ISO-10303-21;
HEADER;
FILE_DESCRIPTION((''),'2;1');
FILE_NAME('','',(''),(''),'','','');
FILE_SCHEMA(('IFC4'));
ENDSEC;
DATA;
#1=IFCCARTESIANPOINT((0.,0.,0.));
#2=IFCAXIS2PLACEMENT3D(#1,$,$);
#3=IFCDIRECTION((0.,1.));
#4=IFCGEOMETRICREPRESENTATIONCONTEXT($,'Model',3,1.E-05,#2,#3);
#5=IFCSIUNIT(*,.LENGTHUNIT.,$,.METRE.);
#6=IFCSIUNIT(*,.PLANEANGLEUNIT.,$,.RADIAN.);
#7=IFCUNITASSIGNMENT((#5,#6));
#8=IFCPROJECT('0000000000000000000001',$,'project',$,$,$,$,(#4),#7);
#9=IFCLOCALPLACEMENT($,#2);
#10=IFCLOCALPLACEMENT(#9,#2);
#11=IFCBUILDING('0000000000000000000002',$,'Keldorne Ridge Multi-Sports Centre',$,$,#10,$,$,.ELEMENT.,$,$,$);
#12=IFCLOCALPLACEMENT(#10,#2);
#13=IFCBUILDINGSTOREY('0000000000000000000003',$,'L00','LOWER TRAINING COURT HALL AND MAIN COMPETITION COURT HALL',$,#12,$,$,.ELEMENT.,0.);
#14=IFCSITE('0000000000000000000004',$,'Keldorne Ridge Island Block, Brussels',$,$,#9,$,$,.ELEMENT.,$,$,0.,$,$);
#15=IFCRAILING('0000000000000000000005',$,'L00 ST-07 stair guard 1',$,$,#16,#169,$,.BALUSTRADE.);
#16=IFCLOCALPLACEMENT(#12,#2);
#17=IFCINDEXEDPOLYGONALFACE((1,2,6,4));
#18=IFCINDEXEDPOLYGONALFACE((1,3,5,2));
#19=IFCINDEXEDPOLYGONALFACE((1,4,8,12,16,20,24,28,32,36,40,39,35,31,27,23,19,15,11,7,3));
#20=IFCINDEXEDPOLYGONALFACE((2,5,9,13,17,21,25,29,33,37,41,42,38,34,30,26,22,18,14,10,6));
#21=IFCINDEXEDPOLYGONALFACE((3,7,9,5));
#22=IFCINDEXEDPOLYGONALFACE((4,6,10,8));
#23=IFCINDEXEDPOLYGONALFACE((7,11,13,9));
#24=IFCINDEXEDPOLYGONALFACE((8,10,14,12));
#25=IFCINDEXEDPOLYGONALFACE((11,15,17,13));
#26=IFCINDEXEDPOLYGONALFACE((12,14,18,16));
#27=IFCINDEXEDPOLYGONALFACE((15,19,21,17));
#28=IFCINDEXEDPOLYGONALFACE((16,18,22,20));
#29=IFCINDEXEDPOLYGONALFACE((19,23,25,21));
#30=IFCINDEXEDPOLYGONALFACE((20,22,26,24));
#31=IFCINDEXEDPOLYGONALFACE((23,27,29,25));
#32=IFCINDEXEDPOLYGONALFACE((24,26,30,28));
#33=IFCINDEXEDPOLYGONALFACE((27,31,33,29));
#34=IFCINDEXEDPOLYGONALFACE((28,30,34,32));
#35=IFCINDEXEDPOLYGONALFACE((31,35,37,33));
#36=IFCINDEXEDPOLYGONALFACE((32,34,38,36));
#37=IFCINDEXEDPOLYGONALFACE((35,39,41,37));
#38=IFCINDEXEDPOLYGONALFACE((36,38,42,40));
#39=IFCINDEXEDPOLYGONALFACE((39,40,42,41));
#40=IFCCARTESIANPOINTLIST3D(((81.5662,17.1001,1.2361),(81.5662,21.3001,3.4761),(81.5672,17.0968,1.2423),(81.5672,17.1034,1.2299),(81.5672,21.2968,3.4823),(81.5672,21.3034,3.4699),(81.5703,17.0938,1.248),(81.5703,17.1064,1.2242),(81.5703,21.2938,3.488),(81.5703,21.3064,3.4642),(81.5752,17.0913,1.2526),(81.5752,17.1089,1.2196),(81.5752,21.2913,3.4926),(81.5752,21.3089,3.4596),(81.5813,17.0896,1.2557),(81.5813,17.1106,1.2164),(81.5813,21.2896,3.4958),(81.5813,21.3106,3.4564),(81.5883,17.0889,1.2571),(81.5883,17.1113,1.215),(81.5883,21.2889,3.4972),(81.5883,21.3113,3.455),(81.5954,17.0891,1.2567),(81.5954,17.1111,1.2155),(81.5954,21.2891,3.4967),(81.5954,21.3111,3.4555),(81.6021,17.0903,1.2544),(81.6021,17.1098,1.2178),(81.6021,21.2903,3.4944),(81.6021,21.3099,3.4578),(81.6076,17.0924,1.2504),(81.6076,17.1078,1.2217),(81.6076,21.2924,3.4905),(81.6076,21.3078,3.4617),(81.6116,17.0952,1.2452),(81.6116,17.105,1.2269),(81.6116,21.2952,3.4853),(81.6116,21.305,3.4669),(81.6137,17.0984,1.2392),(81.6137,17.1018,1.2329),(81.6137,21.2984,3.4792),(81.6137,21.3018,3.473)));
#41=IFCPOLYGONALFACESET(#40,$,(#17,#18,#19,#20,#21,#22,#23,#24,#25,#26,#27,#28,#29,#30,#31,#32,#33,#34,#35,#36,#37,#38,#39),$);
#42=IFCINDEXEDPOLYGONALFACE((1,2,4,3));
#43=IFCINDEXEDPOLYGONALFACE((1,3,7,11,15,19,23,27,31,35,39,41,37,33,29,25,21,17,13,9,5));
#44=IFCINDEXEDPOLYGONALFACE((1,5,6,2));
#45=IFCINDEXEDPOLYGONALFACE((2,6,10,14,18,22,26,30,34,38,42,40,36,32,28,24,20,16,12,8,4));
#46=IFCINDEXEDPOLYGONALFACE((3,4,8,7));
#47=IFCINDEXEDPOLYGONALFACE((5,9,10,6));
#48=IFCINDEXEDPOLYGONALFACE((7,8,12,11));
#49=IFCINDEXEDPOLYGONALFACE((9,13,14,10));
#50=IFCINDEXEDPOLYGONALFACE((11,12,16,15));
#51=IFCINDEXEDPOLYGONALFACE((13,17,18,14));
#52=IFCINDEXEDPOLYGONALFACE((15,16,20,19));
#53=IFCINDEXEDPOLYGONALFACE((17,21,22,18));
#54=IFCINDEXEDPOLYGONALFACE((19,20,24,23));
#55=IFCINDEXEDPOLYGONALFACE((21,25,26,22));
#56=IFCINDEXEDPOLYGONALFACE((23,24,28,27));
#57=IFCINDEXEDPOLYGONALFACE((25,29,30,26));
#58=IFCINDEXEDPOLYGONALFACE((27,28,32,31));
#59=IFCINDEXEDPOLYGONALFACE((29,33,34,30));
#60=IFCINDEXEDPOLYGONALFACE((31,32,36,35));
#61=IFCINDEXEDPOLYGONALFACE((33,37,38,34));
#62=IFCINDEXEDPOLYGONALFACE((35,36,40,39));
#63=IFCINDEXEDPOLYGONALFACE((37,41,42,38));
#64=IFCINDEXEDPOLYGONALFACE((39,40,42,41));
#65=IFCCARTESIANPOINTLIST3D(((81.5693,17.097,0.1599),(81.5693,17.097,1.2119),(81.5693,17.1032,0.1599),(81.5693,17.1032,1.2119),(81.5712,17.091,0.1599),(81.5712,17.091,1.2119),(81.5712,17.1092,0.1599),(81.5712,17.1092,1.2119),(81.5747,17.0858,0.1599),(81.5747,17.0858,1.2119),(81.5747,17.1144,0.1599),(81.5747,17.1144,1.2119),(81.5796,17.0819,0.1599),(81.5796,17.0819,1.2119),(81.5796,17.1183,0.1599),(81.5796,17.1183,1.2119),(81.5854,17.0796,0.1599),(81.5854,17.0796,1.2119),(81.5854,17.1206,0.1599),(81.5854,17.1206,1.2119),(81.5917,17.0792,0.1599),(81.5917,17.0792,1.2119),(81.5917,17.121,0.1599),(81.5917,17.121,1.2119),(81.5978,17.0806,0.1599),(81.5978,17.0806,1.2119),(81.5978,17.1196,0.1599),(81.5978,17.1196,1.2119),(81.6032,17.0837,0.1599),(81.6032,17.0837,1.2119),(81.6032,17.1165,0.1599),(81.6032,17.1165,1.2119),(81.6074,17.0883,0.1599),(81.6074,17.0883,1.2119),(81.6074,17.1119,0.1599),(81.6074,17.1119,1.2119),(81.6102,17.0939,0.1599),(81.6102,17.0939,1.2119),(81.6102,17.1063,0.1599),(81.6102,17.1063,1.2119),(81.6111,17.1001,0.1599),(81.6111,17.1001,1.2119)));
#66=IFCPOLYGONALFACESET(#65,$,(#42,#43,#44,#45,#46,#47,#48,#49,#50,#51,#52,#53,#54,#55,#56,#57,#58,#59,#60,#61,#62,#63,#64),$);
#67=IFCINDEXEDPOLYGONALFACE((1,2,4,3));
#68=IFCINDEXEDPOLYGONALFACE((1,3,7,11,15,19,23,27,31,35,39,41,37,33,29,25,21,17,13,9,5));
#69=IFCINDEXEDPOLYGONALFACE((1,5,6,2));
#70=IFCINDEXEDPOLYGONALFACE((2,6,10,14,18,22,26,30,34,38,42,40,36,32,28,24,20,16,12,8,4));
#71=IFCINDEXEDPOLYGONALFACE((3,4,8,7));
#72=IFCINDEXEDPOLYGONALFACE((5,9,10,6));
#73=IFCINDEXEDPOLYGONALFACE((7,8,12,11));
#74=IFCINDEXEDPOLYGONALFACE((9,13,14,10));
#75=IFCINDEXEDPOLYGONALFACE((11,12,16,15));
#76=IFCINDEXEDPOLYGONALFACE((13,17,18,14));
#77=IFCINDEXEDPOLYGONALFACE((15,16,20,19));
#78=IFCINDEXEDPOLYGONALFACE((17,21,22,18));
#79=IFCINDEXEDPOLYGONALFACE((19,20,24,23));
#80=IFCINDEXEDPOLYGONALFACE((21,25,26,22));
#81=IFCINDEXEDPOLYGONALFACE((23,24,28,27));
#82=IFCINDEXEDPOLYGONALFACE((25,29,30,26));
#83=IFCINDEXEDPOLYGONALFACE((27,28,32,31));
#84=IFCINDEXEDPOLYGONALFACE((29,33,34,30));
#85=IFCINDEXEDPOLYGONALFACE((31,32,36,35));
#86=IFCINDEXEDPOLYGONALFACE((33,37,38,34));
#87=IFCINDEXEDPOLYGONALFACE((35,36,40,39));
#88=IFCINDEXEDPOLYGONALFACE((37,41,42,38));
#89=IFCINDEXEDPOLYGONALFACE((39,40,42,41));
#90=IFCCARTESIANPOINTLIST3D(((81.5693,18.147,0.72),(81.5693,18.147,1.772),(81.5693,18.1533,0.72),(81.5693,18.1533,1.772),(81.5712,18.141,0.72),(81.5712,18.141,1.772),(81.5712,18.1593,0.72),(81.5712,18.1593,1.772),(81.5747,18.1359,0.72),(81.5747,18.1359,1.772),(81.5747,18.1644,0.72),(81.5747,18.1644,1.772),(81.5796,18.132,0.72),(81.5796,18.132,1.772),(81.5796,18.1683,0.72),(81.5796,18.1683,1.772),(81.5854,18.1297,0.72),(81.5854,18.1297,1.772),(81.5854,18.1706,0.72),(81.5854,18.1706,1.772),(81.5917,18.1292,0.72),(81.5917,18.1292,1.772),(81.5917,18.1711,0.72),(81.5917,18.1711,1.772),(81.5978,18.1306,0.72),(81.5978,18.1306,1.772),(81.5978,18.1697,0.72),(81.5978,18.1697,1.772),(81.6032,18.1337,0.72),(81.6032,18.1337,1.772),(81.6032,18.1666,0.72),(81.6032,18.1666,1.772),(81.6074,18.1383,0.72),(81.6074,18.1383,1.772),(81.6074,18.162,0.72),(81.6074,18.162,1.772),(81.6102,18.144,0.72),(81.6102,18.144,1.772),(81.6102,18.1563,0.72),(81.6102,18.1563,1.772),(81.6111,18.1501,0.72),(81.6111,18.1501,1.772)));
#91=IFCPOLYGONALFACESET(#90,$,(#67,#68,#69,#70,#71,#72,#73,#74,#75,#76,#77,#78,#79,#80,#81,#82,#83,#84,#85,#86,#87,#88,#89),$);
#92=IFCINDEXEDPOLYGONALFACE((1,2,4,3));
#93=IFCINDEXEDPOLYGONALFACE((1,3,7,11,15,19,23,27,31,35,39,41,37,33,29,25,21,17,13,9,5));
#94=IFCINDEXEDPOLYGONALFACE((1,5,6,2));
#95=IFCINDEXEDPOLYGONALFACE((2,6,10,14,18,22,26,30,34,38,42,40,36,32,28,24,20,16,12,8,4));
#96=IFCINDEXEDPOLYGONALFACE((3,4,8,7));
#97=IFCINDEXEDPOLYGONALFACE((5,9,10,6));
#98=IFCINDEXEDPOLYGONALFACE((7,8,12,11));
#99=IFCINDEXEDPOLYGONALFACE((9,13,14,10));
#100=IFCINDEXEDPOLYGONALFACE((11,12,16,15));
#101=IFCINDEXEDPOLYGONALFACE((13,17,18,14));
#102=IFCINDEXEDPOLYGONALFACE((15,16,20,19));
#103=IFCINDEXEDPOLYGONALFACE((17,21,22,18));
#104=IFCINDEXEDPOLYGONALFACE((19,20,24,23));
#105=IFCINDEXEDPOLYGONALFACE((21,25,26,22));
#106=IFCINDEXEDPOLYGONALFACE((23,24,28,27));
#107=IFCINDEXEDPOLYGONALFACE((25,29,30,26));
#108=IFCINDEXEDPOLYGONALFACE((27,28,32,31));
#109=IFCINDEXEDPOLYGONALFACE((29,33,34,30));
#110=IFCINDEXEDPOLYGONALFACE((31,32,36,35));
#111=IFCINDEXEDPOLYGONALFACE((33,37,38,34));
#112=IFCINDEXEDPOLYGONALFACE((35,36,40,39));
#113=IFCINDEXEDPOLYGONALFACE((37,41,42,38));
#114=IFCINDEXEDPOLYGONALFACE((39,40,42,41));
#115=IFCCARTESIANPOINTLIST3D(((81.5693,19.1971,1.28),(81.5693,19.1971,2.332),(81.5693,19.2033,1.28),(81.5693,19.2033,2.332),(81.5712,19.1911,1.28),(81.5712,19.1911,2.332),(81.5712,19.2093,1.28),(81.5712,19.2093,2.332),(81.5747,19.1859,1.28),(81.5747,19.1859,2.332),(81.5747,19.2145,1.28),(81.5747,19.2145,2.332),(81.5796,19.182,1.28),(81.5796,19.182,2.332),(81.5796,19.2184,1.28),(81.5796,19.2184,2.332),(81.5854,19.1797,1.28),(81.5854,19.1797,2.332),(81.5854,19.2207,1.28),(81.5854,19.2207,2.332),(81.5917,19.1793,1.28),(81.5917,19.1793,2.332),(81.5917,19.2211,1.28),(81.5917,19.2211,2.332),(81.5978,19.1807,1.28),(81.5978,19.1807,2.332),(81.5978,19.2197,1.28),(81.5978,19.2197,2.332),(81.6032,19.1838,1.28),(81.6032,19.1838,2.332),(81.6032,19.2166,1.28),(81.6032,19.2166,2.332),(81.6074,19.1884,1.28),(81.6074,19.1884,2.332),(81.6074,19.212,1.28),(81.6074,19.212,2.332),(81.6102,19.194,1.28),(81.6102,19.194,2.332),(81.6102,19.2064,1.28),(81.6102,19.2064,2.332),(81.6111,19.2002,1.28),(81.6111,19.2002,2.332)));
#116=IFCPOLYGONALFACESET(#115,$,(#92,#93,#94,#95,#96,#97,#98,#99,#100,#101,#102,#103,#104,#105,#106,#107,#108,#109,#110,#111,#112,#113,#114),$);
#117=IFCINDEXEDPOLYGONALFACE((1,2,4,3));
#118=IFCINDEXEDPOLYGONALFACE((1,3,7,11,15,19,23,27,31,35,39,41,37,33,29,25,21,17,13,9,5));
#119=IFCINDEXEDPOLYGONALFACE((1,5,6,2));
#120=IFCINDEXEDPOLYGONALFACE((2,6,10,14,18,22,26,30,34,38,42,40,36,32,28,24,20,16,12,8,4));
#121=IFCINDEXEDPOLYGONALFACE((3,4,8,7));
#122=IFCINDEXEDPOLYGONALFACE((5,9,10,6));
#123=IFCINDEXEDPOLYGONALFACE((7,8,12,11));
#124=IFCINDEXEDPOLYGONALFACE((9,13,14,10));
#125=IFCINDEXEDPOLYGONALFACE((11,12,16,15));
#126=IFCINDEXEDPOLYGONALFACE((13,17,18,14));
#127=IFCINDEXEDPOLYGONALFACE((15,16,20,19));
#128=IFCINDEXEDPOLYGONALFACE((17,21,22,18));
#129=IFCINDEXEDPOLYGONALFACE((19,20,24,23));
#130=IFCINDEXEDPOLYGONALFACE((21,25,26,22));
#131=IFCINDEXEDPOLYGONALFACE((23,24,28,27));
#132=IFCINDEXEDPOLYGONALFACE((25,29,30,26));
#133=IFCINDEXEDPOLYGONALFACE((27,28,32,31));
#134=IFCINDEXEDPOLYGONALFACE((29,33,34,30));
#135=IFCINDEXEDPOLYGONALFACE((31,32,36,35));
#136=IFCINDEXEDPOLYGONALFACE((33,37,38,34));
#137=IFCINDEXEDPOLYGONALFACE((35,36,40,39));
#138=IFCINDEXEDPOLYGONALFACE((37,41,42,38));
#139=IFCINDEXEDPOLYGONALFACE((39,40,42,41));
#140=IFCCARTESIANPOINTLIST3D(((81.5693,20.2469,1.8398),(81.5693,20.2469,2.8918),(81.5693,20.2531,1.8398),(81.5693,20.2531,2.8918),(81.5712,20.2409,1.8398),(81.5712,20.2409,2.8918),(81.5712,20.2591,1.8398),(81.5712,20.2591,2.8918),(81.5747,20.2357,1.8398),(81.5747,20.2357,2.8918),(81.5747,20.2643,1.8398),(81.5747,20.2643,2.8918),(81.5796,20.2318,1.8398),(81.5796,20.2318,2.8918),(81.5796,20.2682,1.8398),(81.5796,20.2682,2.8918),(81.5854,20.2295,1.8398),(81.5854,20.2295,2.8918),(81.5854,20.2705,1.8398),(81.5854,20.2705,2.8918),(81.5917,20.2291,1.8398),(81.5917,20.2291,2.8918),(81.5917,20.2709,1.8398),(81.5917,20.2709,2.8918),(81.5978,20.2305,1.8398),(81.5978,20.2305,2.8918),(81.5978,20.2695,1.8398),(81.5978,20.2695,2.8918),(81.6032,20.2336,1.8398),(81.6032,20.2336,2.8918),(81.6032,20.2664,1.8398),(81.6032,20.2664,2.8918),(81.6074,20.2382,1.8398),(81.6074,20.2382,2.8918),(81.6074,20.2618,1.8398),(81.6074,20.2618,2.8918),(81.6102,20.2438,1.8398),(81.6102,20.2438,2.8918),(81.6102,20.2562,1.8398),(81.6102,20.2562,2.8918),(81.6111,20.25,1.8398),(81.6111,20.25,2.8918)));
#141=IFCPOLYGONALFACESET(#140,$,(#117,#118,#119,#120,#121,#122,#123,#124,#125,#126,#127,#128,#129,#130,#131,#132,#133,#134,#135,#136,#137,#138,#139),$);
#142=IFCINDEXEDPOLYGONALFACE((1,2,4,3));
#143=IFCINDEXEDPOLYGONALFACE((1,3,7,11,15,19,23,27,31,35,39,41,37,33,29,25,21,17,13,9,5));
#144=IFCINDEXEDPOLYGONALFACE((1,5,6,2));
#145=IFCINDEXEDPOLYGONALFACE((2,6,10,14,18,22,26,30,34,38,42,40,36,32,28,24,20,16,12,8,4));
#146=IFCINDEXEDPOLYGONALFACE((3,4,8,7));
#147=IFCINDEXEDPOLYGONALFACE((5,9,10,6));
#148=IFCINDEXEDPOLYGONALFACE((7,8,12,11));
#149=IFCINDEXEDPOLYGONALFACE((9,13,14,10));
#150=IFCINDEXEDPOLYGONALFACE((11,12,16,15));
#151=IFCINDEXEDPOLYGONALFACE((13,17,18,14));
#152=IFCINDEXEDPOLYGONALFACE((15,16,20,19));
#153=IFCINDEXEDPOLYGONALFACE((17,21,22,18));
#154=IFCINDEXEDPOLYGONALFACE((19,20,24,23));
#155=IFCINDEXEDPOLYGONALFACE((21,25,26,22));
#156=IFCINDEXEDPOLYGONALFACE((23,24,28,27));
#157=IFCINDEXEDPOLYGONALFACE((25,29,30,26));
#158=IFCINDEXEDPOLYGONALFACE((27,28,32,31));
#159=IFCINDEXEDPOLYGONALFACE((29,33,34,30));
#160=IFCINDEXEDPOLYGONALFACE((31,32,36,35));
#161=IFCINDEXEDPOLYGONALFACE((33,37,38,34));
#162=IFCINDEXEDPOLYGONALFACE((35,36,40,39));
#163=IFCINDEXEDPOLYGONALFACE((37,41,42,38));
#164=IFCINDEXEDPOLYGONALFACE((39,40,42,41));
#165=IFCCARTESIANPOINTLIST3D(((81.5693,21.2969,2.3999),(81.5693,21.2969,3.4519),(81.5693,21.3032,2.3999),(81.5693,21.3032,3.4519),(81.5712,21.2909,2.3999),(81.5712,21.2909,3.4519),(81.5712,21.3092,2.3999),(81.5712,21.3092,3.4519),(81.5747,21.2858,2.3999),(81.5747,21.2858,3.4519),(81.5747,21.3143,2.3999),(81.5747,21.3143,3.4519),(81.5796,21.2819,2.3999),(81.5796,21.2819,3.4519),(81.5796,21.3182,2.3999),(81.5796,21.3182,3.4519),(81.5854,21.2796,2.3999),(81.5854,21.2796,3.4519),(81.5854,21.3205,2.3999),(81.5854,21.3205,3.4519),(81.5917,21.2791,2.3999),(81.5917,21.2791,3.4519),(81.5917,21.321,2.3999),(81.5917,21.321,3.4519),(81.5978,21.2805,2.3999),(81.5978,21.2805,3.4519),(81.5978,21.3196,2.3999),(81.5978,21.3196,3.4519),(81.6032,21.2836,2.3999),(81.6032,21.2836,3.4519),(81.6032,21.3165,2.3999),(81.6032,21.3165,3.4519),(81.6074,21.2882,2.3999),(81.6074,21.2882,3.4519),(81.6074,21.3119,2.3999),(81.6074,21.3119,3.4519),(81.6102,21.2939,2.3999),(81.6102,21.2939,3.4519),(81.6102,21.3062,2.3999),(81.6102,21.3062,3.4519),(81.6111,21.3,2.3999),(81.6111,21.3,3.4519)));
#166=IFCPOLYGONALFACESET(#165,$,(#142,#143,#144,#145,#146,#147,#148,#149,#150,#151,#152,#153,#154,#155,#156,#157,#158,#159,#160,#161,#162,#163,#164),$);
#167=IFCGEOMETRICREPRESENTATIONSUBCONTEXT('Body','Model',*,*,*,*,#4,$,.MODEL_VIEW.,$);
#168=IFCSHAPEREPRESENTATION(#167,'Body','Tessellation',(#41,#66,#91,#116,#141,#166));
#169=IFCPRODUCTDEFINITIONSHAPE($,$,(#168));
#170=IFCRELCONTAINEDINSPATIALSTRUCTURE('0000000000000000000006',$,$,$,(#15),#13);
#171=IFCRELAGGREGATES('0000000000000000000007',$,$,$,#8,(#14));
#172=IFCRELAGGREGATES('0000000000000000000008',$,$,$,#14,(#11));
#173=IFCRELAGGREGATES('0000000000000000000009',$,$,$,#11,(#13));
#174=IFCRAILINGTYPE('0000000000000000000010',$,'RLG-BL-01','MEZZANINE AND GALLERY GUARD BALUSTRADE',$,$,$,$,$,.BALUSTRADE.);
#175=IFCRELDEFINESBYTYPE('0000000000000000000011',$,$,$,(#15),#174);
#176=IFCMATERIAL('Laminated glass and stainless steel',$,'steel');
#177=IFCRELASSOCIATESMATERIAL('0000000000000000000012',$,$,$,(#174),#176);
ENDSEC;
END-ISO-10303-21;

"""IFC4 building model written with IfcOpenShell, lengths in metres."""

from ifc_helpers import new_model, si_unit, direction, frame, origin, origin_2d, place, context, subcontext, project, spatial, circle, extrude, material, type_object, element, save


model = new_model("IFC4")

# Units and contexts
model_context = context("Model", 3, precision=1e-05, world=origin(), true_north=direction((0.0, 1.0)))
body_context = subcontext(model_context, "Body", "Model", "MODEL_VIEW")
ifc_project = project(units=[si_unit("LENGTHUNIT", "METRE"), si_unit("PLANEANGLEUNIT", "RADIAN")], contexts=[model_context])

# Site, building, storey
site_placement = place(None, origin())
site = spatial("IfcSite", under=ifc_project, at=site_placement, Name="Keldorne Ridge Island Block, Brussels", CompositionType="ELEMENT", RefElevation=0.0)
building_placement = place(site_placement, origin())
building = spatial("IfcBuilding", under=site, at=building_placement, Name="Keldorne Ridge Multi-Sports Centre", CompositionType="ELEMENT")
storey_placement = place(building_placement, origin())
storey = spatial("IfcBuildingStorey", under=building, at=storey_placement, Name="L00", Description="LOWER TRAINING COURT HALL AND MAIN COMPETITION COURT HALL", CompositionType="ELEMENT", Elevation=0.0)

# Railing
ifc_material_1 = material(Name="Laminated glass and stainless steel", Category="steel")
railing_type_1 = type_object("IfcRailingType", Name="RLG-BL-01", Description="MEZZANINE AND GALLERY GUARD BALUSTRADE", PredefinedType="BALUSTRADE", material=ifc_material_1)
railing_1_placement = place(storey_placement, frame((81.5901, 17.1001, 0.1599)))
element("IfcRailing", 1, at=railing_1_placement, inside=storey, type_object=railing_type_1, Name="L00 ST-07 stair guard 1", PredefinedType="BALUSTRADE", context=body_context, shape_type="SweptSolid", body=[
    extrude(circle(Radius=0.0239, at=origin_2d()), frame((0.0, 0.0, 1.0762), z_axis=(0.0, 0.882352, 0.470591), x_axis=(-1.0, 0.0, 0.0)), (0.0, 0.0, 1.0), 4.76),
    extrude(circle(Radius=0.021, at=origin_2d()), origin(), (0.0, 0.0, 1.0), 1.052),
    extrude(circle(Radius=0.021, at=origin_2d()), frame((0.0, 1.05, 0.5601)), (0.0, 0.0, 1.0), 1.052),
    extrude(circle(Radius=0.021, at=origin_2d()), frame((0.0, 2.1001, 1.1201)), (0.0, 0.0, 1.0), 1.052),
    extrude(circle(Radius=0.021, at=origin_2d()), frame((0.0, 3.1499, 1.6799)), (0.0, 0.0, 1.0), 1.052),
    extrude(circle(Radius=0.021, at=origin_2d()), frame((0.0, 4.2, 2.24)), (0.0, 0.0, 1.0), 1.052),
])

save(model, "model.ifc")
